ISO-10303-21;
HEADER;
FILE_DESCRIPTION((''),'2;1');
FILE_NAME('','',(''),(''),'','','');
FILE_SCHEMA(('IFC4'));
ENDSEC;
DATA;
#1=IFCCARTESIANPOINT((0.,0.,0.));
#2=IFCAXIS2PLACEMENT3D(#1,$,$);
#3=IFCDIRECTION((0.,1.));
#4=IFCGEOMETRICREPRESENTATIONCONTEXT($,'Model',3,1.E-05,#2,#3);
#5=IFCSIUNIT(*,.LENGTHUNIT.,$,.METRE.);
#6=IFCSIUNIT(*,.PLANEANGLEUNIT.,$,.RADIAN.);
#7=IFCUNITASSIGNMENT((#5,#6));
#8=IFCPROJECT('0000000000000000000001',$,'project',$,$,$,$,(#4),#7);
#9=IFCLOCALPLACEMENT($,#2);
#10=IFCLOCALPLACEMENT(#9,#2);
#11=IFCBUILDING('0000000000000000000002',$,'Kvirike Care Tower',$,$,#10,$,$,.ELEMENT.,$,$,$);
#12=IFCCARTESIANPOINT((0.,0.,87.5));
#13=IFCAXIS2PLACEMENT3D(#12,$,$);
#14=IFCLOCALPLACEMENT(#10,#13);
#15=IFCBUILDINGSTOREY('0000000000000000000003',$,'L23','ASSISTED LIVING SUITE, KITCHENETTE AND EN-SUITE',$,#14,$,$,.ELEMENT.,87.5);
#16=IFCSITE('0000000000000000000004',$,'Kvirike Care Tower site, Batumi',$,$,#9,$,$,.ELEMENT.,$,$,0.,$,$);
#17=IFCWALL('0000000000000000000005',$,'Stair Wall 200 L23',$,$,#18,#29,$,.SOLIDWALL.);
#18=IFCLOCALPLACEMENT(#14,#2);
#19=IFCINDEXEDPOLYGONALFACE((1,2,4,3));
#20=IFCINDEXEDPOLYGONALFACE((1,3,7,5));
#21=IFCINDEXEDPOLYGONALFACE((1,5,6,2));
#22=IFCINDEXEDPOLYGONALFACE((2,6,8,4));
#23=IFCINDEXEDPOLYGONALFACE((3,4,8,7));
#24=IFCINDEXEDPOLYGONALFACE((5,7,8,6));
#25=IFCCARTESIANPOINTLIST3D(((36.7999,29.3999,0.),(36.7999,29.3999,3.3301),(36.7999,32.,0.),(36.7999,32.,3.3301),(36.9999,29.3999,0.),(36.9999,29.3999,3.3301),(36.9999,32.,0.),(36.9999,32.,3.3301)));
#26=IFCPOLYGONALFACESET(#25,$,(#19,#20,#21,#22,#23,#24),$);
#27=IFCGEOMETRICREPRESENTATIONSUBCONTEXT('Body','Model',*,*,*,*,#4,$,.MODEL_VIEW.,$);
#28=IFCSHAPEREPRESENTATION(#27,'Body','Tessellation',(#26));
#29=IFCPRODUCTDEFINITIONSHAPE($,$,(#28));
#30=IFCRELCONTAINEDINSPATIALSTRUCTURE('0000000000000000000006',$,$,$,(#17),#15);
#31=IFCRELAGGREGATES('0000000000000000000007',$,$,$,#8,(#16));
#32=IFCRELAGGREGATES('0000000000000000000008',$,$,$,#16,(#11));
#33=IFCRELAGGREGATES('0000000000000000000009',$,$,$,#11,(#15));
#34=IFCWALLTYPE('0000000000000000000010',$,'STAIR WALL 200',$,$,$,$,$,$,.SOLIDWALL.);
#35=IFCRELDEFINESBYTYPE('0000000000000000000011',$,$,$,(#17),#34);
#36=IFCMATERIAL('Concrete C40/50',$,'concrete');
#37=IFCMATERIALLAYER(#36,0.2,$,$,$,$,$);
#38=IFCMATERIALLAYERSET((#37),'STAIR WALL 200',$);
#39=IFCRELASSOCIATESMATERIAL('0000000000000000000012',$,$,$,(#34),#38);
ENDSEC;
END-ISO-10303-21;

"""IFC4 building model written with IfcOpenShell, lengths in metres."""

from ifc_helpers import new_model, si_unit, direction, frame, frame_2d, origin, place, context, subcontext, project, spatial, rectangle, extrude, material, layer, layer_set, type_object, element, save


model = new_model("IFC4")

# Units and contexts
model_context = context("Model", 3, precision=1e-05, world=origin(), true_north=direction((0.0, 1.0)))
body_context = subcontext(model_context, "Body", "Model", "MODEL_VIEW")
ifc_project = project(units=[si_unit("LENGTHUNIT", "METRE"), si_unit("PLANEANGLEUNIT", "RADIAN")], contexts=[model_context])

# Site, building, storey
site_placement = place(None, origin())
site = spatial("IfcSite", under=ifc_project, at=site_placement, Name="Kvirike Care Tower site, Batumi", CompositionType="ELEMENT", RefElevation=0.0)
building_placement = place(site_placement, origin())
building = spatial("IfcBuilding", under=site, at=building_placement, Name="Kvirike Care Tower", CompositionType="ELEMENT")
storey_placement = place(building_placement, frame((0.0, 0.0, 87.5)))
storey = spatial("IfcBuildingStorey", under=building, at=storey_placement, Name="L23", Description="ASSISTED LIVING SUITE, KITCHENETTE AND EN-SUITE", CompositionType="ELEMENT", Elevation=87.5)

# Wall
ifc_material_1 = material(Name="Concrete C40/50", Category="concrete")
ifc_layer_1 = layer(ifc_material_1, 0.2)
ifc_layer_set_1 = layer_set([ifc_layer_1], Name="STAIR WALL 200")
wall_type_1 = type_object("IfcWallType", Name="STAIR WALL 200", PredefinedType="SOLIDWALL", material=ifc_layer_set_1)
wall_1_placement = place(storey_placement, frame((36.8999, 29.3999, 0.0), z_axis=(0.0, 0.0, 1.0), x_axis=(0.0, 1.0, 0.0)))
element("IfcWall", 1, at=wall_1_placement, inside=storey, type_object=wall_type_1, Name="Stair Wall 200 L23", PredefinedType="SOLIDWALL", context=body_context, shape_type="SweptSolid", body=[
    extrude(rectangle(XDim=2.6001, YDim=0.2, at=frame_2d((1.3, 0.0))), origin(), (0.0, 0.0, 1.0), 3.3301),
])

save(model, "model.ifc")
